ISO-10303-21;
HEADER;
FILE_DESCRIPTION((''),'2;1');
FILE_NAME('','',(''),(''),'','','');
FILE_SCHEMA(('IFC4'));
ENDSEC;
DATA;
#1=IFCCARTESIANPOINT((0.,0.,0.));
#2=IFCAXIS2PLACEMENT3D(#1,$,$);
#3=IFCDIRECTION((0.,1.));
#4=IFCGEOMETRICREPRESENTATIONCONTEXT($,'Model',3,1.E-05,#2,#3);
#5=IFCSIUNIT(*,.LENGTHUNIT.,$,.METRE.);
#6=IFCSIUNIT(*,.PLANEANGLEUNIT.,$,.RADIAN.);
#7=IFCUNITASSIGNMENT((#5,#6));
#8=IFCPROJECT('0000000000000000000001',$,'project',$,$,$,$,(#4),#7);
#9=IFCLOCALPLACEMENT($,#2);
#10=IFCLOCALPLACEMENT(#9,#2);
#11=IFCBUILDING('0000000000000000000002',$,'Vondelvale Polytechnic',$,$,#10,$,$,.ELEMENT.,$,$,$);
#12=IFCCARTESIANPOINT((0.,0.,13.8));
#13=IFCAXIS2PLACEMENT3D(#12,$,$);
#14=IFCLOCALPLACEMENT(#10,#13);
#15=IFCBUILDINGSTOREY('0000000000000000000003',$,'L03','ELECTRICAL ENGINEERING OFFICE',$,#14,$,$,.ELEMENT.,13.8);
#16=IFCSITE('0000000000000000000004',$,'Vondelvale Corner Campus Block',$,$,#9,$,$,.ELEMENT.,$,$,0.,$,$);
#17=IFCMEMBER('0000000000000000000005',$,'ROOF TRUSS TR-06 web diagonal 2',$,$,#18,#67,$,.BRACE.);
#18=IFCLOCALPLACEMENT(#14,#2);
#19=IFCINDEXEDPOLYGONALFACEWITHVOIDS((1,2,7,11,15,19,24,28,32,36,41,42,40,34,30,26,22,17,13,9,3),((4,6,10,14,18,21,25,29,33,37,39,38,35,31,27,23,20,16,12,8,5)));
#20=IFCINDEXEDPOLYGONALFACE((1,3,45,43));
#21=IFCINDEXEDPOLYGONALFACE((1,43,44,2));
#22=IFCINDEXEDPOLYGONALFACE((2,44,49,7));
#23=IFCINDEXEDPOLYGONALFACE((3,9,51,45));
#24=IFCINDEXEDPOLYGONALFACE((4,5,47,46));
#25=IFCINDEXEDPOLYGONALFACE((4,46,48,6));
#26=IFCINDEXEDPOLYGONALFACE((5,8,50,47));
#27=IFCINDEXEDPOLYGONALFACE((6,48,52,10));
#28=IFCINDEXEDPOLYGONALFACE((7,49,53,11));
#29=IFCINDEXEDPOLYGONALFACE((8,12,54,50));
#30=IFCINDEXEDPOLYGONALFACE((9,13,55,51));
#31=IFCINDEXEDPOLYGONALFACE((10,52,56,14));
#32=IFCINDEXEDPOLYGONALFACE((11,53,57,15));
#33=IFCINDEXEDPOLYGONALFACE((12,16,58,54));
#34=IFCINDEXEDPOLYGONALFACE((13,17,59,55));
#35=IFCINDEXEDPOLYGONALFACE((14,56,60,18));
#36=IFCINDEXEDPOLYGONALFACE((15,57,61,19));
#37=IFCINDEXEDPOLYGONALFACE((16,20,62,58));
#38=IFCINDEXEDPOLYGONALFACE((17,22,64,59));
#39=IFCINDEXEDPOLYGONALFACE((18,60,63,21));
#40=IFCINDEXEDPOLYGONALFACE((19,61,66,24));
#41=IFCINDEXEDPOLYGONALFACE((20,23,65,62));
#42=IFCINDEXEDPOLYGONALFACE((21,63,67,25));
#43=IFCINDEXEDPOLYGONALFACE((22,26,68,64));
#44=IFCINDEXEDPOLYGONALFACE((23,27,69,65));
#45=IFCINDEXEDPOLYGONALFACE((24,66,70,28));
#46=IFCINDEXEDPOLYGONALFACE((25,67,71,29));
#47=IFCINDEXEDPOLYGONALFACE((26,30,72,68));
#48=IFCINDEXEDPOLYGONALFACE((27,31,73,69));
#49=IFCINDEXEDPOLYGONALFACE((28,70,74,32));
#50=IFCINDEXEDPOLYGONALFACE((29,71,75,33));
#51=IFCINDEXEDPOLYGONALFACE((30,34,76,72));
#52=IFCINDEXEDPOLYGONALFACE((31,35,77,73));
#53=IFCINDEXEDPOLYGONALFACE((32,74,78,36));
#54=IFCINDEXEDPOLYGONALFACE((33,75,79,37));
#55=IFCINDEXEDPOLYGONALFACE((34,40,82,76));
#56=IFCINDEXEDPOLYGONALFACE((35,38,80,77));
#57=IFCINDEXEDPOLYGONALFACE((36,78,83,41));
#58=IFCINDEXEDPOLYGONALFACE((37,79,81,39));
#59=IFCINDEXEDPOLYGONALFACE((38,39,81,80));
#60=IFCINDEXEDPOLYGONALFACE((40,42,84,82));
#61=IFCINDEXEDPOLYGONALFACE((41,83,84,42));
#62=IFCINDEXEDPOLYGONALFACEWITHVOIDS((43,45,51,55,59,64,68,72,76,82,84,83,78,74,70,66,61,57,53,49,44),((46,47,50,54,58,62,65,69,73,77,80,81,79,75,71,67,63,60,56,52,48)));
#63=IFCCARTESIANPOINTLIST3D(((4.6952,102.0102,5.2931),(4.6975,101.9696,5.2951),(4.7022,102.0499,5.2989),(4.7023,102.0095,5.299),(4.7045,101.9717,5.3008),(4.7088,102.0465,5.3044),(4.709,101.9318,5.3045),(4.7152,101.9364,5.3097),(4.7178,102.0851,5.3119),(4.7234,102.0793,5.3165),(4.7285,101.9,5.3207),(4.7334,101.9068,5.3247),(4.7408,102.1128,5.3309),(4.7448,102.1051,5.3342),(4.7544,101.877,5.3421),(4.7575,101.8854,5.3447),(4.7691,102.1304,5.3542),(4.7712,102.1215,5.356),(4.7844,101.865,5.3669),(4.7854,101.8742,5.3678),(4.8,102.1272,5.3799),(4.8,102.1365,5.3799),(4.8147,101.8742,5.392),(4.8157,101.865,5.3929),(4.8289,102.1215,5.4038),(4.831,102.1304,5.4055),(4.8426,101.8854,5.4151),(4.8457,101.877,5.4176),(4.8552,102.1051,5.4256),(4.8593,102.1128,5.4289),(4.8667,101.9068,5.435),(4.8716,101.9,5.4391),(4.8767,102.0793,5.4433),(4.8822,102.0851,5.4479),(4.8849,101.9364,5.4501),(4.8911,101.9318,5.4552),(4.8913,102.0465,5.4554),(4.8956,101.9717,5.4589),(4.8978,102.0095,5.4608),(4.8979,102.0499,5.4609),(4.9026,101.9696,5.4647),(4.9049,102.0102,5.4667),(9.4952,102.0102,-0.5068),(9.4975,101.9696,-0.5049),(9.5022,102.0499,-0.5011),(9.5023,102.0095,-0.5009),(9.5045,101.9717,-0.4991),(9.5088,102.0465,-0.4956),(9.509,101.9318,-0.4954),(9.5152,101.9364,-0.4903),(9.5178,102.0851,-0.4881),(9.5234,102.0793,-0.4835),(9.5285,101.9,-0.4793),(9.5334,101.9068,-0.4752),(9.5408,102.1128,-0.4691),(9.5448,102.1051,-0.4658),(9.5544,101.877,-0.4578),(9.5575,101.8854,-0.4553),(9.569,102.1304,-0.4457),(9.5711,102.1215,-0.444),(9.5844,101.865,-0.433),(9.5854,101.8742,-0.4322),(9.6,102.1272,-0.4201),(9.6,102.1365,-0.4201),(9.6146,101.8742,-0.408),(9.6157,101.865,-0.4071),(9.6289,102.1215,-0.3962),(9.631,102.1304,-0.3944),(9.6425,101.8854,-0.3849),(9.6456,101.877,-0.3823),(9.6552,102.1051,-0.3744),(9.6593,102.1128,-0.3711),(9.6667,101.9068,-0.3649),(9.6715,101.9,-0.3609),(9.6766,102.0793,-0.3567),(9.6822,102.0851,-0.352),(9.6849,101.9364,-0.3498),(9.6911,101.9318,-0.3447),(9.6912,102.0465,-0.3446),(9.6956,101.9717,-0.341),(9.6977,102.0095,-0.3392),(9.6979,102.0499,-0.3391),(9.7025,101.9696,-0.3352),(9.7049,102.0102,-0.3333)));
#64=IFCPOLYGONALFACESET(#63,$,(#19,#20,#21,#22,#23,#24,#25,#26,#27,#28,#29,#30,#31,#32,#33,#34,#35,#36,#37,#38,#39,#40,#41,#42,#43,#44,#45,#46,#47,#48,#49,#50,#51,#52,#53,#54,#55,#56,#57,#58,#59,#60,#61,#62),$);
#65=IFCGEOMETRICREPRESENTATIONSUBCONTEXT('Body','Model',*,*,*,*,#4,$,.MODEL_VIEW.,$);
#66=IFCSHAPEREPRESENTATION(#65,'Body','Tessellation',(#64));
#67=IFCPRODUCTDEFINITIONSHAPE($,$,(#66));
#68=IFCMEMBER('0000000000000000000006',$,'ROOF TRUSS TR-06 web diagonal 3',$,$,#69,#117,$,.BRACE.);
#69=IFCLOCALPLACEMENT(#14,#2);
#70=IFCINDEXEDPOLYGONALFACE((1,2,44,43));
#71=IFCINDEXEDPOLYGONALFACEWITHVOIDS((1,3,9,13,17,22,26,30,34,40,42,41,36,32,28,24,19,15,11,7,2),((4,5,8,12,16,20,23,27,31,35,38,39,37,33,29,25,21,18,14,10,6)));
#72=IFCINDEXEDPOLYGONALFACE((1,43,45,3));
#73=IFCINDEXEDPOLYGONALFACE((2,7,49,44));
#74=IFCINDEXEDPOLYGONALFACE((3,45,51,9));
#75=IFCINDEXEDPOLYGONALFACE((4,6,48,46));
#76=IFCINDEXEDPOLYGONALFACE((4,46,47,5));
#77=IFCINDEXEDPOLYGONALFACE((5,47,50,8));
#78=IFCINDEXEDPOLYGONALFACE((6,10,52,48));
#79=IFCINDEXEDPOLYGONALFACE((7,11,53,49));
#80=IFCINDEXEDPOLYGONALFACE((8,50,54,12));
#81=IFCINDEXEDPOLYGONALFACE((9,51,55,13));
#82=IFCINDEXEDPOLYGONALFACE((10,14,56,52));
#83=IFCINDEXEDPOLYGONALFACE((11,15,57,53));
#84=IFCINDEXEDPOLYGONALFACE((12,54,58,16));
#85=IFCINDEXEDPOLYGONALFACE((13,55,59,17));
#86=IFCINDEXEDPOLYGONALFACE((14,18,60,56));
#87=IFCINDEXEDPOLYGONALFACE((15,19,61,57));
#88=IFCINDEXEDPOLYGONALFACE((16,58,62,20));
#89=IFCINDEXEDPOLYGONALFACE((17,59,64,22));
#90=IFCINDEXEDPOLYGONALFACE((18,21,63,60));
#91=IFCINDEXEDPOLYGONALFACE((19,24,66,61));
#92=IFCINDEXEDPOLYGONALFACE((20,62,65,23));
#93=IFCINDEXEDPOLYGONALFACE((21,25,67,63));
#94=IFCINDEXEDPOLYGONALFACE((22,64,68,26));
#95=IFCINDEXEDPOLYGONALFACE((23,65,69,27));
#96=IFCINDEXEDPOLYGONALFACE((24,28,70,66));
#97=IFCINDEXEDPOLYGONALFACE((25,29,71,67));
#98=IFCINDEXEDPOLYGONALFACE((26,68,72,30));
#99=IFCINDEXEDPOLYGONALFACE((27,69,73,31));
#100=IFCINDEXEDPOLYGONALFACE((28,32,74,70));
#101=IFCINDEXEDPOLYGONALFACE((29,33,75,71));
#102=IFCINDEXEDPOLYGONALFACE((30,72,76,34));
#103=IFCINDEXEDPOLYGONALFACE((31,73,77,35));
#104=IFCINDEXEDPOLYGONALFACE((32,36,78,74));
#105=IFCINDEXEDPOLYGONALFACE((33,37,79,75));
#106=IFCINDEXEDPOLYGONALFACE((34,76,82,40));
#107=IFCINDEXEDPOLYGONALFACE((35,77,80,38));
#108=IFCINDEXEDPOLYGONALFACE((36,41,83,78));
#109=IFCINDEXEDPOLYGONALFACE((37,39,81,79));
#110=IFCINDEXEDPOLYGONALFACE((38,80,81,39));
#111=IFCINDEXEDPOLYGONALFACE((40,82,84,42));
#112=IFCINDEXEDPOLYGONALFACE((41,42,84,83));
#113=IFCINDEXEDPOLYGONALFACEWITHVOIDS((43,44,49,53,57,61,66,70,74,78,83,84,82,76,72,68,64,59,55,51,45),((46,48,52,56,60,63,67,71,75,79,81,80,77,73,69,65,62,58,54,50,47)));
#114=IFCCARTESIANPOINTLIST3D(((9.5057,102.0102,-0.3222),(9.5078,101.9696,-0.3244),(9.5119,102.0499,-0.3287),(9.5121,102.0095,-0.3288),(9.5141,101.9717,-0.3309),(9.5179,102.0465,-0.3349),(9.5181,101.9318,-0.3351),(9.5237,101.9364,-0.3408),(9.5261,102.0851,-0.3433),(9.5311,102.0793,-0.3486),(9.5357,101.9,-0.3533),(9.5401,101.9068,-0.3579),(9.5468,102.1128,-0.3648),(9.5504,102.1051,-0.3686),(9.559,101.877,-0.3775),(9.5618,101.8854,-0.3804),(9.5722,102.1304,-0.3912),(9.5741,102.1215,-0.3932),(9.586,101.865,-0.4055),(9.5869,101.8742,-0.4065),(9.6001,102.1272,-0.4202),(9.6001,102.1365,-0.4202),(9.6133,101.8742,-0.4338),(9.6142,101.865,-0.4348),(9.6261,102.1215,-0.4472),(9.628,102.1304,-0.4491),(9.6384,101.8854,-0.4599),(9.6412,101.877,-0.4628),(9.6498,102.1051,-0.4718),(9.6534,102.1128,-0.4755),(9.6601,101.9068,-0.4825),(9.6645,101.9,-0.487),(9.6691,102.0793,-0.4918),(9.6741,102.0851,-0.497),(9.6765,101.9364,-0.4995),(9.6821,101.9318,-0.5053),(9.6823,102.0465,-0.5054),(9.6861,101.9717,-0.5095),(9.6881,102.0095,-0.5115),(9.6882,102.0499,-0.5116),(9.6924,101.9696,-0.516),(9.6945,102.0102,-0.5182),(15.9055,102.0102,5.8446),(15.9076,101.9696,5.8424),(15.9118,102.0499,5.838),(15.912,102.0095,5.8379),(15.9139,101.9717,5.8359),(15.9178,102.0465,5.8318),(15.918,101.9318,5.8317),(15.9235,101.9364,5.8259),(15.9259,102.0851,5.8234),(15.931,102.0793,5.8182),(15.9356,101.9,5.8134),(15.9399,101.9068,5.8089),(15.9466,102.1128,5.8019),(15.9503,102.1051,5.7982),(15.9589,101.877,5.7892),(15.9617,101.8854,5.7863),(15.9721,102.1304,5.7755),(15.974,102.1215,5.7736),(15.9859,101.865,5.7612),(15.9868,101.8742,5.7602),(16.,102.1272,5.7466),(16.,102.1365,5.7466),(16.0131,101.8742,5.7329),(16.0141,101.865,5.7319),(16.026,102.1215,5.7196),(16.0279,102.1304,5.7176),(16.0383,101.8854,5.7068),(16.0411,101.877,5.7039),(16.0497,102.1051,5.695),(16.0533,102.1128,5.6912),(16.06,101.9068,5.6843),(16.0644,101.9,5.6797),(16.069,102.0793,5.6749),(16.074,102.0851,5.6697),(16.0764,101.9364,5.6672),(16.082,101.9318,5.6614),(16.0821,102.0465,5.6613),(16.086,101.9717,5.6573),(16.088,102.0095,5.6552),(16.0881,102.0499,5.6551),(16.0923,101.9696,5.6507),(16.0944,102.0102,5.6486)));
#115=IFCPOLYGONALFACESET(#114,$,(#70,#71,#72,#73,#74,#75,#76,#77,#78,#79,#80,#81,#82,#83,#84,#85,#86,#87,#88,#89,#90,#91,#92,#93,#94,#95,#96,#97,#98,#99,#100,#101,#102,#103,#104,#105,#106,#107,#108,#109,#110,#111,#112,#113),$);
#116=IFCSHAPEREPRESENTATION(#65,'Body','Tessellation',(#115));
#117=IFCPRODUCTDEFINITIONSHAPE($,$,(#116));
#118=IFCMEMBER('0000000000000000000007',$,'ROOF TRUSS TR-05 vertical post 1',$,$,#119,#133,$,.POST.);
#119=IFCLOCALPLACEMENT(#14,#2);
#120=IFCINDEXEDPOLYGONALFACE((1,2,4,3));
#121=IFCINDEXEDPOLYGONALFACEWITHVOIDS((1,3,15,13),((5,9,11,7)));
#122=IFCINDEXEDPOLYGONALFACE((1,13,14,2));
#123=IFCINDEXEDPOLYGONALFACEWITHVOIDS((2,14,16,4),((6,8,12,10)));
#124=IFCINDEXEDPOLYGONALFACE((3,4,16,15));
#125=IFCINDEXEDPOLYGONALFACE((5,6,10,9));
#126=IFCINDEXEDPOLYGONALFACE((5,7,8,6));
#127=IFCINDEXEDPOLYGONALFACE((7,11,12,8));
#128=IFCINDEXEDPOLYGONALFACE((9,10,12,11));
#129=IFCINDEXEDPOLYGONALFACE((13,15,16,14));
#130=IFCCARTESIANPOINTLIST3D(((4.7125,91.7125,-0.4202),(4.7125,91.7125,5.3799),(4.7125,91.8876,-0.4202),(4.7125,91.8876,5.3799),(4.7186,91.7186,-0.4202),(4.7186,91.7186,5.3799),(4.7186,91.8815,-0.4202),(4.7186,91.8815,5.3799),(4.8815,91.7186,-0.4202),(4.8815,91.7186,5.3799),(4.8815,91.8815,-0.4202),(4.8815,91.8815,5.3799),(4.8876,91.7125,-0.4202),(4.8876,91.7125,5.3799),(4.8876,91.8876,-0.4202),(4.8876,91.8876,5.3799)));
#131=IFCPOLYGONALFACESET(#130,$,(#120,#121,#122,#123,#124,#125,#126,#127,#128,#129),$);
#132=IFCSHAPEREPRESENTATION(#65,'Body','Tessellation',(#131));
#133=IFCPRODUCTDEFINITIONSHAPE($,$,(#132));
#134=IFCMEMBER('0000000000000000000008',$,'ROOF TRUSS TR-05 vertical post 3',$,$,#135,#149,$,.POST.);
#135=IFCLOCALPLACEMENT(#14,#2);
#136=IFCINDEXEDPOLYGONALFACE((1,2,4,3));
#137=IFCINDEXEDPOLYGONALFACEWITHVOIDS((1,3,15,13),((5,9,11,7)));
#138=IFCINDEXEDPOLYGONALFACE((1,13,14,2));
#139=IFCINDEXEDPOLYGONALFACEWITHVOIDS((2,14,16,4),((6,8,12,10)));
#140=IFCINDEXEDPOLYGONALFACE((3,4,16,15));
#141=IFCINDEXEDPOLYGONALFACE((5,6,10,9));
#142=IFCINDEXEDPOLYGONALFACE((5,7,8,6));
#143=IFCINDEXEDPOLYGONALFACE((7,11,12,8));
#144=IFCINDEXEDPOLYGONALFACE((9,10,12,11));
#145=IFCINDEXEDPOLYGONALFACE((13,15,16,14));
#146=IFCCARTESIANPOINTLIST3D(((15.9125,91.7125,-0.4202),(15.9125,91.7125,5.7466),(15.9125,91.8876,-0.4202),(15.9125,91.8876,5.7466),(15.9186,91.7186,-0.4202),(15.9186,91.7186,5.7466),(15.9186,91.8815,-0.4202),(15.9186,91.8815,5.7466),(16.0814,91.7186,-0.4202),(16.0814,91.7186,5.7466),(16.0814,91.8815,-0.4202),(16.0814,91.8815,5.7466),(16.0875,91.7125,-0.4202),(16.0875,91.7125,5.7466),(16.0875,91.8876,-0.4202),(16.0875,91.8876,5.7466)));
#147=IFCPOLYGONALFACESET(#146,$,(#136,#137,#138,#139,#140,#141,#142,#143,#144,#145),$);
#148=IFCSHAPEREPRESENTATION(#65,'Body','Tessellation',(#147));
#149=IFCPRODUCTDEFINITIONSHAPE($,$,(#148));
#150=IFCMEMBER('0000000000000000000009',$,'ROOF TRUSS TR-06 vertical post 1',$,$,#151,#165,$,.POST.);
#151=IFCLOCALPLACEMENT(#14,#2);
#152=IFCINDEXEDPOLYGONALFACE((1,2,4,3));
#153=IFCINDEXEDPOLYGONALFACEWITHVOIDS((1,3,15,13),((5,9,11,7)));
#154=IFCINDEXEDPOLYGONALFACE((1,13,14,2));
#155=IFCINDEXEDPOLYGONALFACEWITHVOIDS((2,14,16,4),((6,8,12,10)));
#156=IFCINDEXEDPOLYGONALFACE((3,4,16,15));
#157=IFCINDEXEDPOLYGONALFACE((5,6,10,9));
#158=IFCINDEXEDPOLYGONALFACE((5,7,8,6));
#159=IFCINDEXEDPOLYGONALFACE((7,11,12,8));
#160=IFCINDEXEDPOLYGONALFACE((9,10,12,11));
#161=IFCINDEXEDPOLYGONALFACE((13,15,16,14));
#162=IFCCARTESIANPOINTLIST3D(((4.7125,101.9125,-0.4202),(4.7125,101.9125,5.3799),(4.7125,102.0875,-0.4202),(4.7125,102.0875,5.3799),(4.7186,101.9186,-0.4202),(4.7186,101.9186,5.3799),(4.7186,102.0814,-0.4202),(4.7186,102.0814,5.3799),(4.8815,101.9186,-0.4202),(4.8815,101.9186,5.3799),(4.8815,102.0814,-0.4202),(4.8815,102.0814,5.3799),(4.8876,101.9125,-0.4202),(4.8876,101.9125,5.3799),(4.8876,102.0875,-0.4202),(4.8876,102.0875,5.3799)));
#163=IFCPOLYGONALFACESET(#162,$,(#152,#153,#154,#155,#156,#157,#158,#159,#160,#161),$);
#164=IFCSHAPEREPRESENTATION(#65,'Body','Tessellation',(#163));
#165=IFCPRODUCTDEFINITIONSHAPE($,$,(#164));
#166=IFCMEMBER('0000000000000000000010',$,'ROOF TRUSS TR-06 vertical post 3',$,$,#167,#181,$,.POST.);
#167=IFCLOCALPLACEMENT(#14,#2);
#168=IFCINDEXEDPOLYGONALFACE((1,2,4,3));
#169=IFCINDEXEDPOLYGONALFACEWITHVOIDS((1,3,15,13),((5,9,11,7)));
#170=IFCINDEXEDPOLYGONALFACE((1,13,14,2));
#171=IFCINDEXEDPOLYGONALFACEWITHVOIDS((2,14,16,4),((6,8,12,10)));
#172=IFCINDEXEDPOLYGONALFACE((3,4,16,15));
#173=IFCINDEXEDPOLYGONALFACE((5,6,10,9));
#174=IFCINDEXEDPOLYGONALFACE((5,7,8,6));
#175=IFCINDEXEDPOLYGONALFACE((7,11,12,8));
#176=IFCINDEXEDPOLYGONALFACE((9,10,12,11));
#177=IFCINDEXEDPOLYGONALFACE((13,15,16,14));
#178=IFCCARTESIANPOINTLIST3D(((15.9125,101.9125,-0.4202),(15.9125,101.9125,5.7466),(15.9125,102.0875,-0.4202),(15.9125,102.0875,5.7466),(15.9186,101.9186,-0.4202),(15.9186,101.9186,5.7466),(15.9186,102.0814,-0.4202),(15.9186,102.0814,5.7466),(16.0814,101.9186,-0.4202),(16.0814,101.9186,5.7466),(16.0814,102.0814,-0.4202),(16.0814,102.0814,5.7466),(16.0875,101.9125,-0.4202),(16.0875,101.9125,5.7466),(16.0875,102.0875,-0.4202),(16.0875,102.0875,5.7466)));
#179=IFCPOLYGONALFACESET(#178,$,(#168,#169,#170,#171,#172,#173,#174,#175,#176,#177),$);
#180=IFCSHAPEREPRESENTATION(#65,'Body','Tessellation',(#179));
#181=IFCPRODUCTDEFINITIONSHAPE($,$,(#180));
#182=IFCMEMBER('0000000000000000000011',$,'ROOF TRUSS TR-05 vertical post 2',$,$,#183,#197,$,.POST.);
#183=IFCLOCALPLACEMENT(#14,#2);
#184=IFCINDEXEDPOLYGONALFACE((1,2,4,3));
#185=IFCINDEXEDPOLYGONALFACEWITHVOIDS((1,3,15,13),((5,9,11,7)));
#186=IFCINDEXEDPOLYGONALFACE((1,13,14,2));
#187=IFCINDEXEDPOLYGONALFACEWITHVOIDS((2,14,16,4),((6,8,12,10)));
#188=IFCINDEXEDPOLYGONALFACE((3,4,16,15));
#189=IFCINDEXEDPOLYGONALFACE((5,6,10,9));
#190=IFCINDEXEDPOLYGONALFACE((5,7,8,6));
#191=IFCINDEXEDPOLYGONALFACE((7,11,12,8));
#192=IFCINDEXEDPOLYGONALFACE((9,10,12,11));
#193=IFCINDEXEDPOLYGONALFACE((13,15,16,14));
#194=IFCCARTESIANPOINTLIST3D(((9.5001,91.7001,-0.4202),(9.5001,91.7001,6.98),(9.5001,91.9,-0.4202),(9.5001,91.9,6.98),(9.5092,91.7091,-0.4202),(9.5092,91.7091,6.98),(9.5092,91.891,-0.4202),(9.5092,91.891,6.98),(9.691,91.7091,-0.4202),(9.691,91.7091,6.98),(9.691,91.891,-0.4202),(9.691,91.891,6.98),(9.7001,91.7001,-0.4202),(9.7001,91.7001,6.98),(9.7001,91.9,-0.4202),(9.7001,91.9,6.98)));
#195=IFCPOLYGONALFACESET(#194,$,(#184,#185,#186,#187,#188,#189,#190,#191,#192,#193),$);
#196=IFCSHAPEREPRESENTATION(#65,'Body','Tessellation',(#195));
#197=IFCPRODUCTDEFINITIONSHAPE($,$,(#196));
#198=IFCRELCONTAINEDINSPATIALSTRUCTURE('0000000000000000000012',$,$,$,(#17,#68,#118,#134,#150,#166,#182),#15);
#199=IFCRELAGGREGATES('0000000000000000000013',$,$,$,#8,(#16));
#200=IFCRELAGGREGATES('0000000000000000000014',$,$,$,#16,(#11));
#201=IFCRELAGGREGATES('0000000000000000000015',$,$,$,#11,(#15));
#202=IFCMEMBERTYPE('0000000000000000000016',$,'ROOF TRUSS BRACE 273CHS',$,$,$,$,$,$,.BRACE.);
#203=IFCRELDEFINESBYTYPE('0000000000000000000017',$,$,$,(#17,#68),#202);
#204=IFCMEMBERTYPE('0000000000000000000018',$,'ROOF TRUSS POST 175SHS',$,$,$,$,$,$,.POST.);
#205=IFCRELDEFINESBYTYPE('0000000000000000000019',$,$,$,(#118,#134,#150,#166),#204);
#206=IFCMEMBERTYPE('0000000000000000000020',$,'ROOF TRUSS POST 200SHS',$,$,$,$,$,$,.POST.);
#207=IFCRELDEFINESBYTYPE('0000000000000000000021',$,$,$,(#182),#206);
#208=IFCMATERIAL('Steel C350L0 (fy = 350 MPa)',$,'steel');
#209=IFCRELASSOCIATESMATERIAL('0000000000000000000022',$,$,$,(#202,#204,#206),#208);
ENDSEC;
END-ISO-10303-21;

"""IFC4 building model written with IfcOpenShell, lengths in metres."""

from ifc_helpers import new_model, si_unit, direction, frame, origin, origin_2d, place, context, subcontext, project, spatial, hollow_rectangle, hollow_circle, extrude, material, material_profile, profile_set, type_object, element, save


model = new_model("IFC4")

# Units and contexts
model_context = context("Model", 3, precision=1e-05, world=origin(), true_north=direction((0.0, 1.0)))
body_context = subcontext(model_context, "Body", "Model", "MODEL_VIEW")
ifc_project = project(units=[si_unit("LENGTHUNIT", "METRE"), si_unit("PLANEANGLEUNIT", "RADIAN")], contexts=[model_context])

# Site, building, storey
site_placement = place(None, origin())
site = spatial("IfcSite", under=ifc_project, at=site_placement, Name="Vondelvale Corner Campus Block", CompositionType="ELEMENT", RefElevation=0.0)
building_placement = place(site_placement, origin())
building = spatial("IfcBuilding", under=site, at=building_placement, Name="Vondelvale Polytechnic", CompositionType="ELEMENT")
storey_placement = place(building_placement, frame((0.0, 0.0, 13.8)))
storey = spatial("IfcBuildingStorey", under=building, at=storey_placement, Name="L03", Description="ELECTRICAL ENGINEERING OFFICE", CompositionType="ELEMENT", Elevation=13.8)

# Members
ifc_material_1 = material(Name="Steel C350L0 (fy = 350 MPa)", Category="steel")
ifc_material_profile_1 = material_profile(ifc_material_1, hollow_circle(Radius=0.1365, WallThickness=0.0093, at=origin_2d()), Name="273.1x9.3CHS")
ifc_profile_set_1 = profile_set([ifc_material_profile_1], Name="Steel C350L0 (fy = 350 MPa)")
member_type_1 = type_object("IfcMemberType", Name="ROOF TRUSS BRACE 273CHS", PredefinedType="BRACE", material=ifc_profile_set_1)
member_1_placement = place(storey_placement, frame((4.8, 102.0, 5.3799), z_axis=(0.637568, 0.0, -0.770394), x_axis=(0.0, 1.0, 0.0)))
element("IfcMember", 1, at=member_1_placement, inside=storey, type_object=member_type_1, Name="ROOF TRUSS TR-06 web diagonal 2", PredefinedType="BRACE", context=body_context, shape_type="SweptSolid", body=[
    extrude(hollow_circle(Radius=0.1365, WallThickness=0.0093, at=origin_2d()), origin(), (0.0, 0.0, 1.0), 7.5286),
])
member_2_placement = place(storey_placement, frame((9.6001, 102.0, -0.4202), z_axis=(0.720102, 0.0, 0.693868), x_axis=(0.0, 1.0, 0.0)))
element("IfcMember", 2, at=member_2_placement, inside=storey, type_object=member_type_1, Name="ROOF TRUSS TR-06 web diagonal 3", PredefinedType="BRACE", context=body_context, shape_type="SweptSolid", body=[
    extrude(hollow_circle(Radius=0.1365, WallThickness=0.0093, at=origin_2d()), origin(), (0.0, 0.0, 1.0), 8.8875),
])
ifc_material_profile_2 = material_profile(ifc_material_1, hollow_rectangle(XDim=0.175, YDim=0.175, WallThickness=0.0061, at=origin_2d()), Name="175x175x6.0SHS")
ifc_profile_set_2 = profile_set([ifc_material_profile_2], Name="Steel C350L0 (fy = 350 MPa)")
member_type_2 = type_object("IfcMemberType", Name="ROOF TRUSS POST 175SHS", PredefinedType="POST", material=ifc_profile_set_2)
member_3_placement = place(storey_placement, frame((4.8, 91.8, -0.4202), z_axis=(0.0, 0.0, 1.0), x_axis=(1.0, 0.0, 0.0)))
element("IfcMember", 3, at=member_3_placement, inside=storey, type_object=member_type_2, Name="ROOF TRUSS TR-05 vertical post 1", PredefinedType="POST", context=body_context, shape_type="SweptSolid", body=[
    extrude(hollow_rectangle(XDim=0.175, YDim=0.175, WallThickness=0.0061, at=origin_2d()), origin(), (0.0, 0.0, 1.0), 5.8),
])
member_4_placement = place(storey_placement, frame((16.0, 91.8, -0.4202), z_axis=(0.0, 0.0, 1.0), x_axis=(1.0, 0.0, 0.0)))
element("IfcMember", 4, at=member_4_placement, inside=storey, type_object=member_type_2, Name="ROOF TRUSS TR-05 vertical post 3", PredefinedType="POST", context=body_context, shape_type="SweptSolid", body=[
    extrude(hollow_rectangle(XDim=0.175, YDim=0.175, WallThickness=0.0061, at=origin_2d()), origin(), (0.0, 0.0, 1.0), 6.1667),
])
member_5_placement = place(storey_placement, frame((4.8, 102.0, -0.4202), z_axis=(0.0, 0.0, 1.0), x_axis=(1.0, 0.0, 0.0)))
element("IfcMember", 5, at=member_5_placement, inside=storey, type_object=member_type_2, Name="ROOF TRUSS TR-06 vertical post 1", PredefinedType="POST", context=body_context, shape_type="SweptSolid", body=[
    extrude(hollow_rectangle(XDim=0.175, YDim=0.175, WallThickness=0.0061, at=origin_2d()), origin(), (0.0, 0.0, 1.0), 5.8),
])
member_6_placement = place(storey_placement, frame((16.0, 102.0, -0.4202), z_axis=(0.0, 0.0, 1.0), x_axis=(1.0, 0.0, 0.0)))
element("IfcMember", 6, at=member_6_placement, inside=storey, type_object=member_type_2, Name="ROOF TRUSS TR-06 vertical post 3", PredefinedType="POST", context=body_context, shape_type="SweptSolid", body=[
    extrude(hollow_rectangle(XDim=0.175, YDim=0.175, WallThickness=0.0061, at=origin_2d()), origin(), (0.0, 0.0, 1.0), 6.1667),
])
ifc_material_profile_3 = material_profile(ifc_material_1, hollow_rectangle(XDim=0.2, YDim=0.2, WallThickness=0.009, at=origin_2d()), Name="200x200x9.0SHS")
ifc_profile_set_3 = profile_set([ifc_material_profile_3], Name="Steel C350L0 (fy = 350 MPa)")
member_type_3 = type_object("IfcMemberType", Name="ROOF TRUSS POST 200SHS", PredefinedType="POST", material=ifc_profile_set_3)
for number, where, z_axis, x_axis, name in (
    (7, (9.6001, 91.8, -0.4202), (0.0, 0.0, 1.0), (1.0, 0.0, 0.0), "ROOF TRUSS TR-05 vertical post 2"),
):
    element("IfcMember", number, at=place(storey_placement, frame(where, z_axis=z_axis, x_axis=x_axis)), inside=storey, type_object=member_type_3, Name=name, PredefinedType="POST", context=body_context, shape_type="SweptSolid", body=[
        extrude(hollow_rectangle(XDim=0.2, YDim=0.2, WallThickness=0.009, at=origin_2d()), origin(), (0.0, 0.0, 1.0), 7.4001),
    ])

save(model, "model.ifc")
